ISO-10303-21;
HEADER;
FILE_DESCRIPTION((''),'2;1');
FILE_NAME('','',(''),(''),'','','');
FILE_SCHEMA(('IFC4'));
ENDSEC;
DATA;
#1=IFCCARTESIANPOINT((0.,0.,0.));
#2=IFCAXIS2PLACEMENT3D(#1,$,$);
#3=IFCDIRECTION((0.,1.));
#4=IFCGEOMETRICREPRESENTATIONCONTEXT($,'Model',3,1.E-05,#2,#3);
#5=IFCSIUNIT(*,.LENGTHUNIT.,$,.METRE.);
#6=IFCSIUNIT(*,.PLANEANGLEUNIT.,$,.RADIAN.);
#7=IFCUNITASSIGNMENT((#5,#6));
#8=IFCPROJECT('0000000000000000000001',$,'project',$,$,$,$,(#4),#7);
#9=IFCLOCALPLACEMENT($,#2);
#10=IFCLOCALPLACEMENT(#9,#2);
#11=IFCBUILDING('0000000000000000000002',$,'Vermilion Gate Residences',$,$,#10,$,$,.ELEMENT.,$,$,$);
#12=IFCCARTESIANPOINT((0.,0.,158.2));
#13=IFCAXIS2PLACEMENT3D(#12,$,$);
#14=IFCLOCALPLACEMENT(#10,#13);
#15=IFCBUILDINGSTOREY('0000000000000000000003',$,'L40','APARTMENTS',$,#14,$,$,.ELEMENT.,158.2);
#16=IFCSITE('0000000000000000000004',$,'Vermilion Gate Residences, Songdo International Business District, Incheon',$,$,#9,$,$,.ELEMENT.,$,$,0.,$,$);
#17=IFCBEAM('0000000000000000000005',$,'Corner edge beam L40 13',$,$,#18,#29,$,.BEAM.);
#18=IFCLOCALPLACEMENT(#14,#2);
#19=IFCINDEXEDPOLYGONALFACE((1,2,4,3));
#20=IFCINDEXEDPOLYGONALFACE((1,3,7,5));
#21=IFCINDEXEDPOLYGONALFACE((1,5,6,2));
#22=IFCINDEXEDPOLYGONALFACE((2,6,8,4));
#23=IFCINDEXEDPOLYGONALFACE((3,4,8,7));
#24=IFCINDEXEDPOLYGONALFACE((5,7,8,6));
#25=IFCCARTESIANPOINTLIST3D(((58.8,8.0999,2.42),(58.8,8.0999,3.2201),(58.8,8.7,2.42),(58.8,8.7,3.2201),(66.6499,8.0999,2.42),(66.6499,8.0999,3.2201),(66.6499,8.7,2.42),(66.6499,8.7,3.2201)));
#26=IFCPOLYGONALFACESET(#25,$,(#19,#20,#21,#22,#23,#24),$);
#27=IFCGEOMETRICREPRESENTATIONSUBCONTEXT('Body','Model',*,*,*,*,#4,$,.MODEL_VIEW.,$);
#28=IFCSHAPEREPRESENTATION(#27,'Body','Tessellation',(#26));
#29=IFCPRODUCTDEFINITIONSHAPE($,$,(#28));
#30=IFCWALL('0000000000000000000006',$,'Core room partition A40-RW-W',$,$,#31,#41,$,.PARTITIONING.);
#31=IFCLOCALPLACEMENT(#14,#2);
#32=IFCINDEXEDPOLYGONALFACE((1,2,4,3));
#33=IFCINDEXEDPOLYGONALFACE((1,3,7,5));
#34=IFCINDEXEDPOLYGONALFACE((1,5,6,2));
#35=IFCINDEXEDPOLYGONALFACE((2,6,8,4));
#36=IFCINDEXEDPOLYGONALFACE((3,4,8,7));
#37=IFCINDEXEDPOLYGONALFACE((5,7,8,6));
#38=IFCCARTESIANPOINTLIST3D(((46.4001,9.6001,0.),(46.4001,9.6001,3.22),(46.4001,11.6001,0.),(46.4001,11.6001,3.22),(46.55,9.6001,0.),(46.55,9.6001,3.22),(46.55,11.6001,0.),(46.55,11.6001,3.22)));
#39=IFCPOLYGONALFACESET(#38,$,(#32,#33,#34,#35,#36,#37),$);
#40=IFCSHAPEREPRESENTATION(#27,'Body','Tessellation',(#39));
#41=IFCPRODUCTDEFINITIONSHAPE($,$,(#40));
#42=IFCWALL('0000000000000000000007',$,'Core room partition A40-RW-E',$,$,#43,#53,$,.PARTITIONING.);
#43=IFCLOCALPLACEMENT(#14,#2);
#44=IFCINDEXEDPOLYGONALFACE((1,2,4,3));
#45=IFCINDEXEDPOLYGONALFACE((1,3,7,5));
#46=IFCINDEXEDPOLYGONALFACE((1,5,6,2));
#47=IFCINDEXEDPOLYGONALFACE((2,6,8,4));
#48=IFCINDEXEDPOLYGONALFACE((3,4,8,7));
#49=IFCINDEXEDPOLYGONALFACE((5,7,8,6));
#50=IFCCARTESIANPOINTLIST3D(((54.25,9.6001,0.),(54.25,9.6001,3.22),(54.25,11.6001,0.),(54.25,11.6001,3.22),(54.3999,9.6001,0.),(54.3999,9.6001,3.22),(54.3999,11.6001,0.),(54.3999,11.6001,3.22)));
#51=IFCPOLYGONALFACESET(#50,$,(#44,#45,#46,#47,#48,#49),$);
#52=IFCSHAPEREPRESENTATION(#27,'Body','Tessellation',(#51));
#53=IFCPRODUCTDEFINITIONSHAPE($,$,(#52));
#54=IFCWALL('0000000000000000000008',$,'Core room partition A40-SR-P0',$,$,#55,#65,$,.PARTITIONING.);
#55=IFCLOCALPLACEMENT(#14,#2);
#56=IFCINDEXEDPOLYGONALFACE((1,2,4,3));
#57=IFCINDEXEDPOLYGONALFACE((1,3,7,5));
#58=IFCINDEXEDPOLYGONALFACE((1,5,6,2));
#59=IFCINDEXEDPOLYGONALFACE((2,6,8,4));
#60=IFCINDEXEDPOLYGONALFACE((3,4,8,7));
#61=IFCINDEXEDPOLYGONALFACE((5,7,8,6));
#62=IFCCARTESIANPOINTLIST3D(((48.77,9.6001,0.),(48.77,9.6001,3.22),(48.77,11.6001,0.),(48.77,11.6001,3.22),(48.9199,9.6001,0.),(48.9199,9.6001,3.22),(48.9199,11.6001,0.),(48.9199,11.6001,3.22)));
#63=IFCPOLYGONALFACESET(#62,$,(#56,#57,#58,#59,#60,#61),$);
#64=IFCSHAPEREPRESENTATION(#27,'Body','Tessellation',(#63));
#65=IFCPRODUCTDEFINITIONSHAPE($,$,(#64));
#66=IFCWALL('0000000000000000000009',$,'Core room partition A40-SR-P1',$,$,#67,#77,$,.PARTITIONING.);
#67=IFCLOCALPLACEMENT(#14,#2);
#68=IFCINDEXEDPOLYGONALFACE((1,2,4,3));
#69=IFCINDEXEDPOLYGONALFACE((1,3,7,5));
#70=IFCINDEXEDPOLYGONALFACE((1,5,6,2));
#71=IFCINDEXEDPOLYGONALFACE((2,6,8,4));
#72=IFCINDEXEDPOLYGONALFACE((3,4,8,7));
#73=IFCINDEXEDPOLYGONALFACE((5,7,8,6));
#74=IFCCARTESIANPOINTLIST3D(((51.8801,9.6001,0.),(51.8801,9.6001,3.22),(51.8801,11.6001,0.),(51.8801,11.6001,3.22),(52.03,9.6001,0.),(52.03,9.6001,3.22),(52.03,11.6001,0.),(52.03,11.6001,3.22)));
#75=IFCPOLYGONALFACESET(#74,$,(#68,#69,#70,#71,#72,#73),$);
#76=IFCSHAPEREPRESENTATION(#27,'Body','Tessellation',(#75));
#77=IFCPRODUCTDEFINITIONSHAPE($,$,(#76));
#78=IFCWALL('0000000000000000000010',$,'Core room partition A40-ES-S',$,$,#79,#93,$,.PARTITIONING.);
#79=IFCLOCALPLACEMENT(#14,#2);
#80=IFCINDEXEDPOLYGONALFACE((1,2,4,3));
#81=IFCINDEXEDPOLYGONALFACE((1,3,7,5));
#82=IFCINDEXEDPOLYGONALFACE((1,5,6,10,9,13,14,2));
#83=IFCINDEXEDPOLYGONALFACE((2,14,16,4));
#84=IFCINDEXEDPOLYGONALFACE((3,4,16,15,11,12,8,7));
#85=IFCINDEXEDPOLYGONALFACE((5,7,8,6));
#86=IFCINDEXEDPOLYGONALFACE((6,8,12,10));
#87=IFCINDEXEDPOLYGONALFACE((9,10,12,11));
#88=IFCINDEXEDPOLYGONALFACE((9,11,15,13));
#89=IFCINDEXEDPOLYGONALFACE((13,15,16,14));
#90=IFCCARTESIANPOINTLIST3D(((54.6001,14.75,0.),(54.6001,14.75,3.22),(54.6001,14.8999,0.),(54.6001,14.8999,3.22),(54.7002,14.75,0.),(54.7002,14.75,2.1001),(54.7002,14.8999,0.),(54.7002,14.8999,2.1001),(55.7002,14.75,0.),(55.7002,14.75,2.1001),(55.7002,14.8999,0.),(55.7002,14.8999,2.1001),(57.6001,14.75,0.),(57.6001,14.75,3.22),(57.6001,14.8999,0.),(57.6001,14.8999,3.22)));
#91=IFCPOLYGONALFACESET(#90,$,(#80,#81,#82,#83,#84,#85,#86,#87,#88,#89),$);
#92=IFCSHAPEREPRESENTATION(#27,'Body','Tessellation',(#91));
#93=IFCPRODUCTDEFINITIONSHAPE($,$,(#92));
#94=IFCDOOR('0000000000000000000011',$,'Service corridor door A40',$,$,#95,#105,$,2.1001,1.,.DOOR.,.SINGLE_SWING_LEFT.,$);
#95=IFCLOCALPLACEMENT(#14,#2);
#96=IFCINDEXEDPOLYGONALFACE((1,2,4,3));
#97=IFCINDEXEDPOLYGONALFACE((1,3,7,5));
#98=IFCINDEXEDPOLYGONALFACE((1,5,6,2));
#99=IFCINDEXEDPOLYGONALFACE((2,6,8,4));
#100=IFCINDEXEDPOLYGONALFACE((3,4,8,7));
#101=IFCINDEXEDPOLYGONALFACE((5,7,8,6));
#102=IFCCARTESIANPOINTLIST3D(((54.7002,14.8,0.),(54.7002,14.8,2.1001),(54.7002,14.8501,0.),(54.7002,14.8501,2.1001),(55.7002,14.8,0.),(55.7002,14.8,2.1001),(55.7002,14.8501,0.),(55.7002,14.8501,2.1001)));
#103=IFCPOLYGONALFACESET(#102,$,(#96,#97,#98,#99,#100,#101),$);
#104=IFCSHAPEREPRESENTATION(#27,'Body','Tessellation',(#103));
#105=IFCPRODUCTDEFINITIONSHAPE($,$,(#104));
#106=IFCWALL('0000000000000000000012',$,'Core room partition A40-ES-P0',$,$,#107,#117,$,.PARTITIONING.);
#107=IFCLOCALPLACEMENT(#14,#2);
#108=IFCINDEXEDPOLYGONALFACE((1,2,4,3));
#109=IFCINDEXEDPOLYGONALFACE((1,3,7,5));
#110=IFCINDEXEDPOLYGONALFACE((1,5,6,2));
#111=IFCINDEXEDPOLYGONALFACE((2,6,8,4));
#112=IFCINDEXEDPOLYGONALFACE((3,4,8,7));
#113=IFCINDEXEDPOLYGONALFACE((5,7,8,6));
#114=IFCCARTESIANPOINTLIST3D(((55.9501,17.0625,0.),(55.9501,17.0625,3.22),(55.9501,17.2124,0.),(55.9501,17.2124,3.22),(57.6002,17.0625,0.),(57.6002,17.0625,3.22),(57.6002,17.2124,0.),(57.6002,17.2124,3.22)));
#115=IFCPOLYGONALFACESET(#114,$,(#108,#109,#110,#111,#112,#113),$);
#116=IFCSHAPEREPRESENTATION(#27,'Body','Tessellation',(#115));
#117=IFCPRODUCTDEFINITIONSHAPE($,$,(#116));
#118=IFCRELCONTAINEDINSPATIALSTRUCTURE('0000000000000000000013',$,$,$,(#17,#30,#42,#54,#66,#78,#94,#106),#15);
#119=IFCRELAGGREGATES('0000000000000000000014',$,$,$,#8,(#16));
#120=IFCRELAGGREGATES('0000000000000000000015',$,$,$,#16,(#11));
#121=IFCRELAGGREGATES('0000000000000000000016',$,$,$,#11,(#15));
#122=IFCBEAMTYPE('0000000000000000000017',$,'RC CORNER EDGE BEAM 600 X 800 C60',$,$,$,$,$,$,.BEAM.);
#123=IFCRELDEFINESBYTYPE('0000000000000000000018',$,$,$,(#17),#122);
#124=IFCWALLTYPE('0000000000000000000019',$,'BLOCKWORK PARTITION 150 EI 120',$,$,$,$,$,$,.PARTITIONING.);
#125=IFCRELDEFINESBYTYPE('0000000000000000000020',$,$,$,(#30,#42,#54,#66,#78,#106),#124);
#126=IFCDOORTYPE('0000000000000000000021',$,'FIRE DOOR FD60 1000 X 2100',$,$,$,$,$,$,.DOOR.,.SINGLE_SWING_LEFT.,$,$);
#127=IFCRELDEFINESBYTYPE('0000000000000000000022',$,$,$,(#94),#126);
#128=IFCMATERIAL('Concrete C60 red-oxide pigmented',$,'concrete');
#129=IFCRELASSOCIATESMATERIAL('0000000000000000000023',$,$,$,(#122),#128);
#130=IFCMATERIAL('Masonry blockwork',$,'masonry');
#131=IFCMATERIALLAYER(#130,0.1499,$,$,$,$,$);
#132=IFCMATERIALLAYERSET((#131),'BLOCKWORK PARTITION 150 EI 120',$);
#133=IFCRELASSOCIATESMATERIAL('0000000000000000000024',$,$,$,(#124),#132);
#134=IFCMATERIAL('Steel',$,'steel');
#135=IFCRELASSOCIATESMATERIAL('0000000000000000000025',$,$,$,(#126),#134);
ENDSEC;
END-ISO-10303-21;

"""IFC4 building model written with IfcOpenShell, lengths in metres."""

from ifc_helpers import new_model, si_unit, direction, frame, frame_2d, origin, origin_2d, place, context, subcontext, project, spatial, rectangle, extrude, material, layer, layer_set, material_profile, profile_set, type_object, element, fill, save


model = new_model("IFC4")

# Units and contexts
model_context = context("Model", 3, precision=1e-05, world=origin(), true_north=direction((0.0, 1.0)))
body_context = subcontext(model_context, "Body", "Model", "MODEL_VIEW")
ifc_project = project(units=[si_unit("LENGTHUNIT", "METRE"), si_unit("PLANEANGLEUNIT", "RADIAN")], contexts=[model_context])

# Site, building, storey
site_placement = place(None, origin())
site = spatial("IfcSite", under=ifc_project, at=site_placement, Name="Vermilion Gate Residences, Songdo International Business District, Incheon", CompositionType="ELEMENT", RefElevation=0.0)
building_placement = place(site_placement, origin())
building = spatial("IfcBuilding", under=site, at=building_placement, Name="Vermilion Gate Residences", CompositionType="ELEMENT")
storey_placement = place(building_placement, frame((0.0, 0.0, 158.2)))
storey = spatial("IfcBuildingStorey", under=building, at=storey_placement, Name="L40", Description="APARTMENTS", CompositionType="ELEMENT", Elevation=158.2)

# Beam
ifc_material_1 = material(Name="Concrete C60 red-oxide pigmented", Category="concrete")
ifc_material_profile = material_profile(ifc_material_1, rectangle(XDim=0.6001, YDim=0.8, at=origin_2d()), Name="RC-600x800")
ifc_profile_set = profile_set([ifc_material_profile], Name="Concrete C60 red-oxide pigmented")
beam_type = type_object("IfcBeamType", Name="RC CORNER EDGE BEAM 600 X 800 C60", PredefinedType="BEAM", material=ifc_profile_set)
beam_placement = place(storey_placement, frame((58.8, 8.3999, 2.8201), z_axis=(1.0, 0.0, 0.0), x_axis=(0.0, 1.0, 0.0)))
element("IfcBeam", 1, at=beam_placement, inside=storey, type_object=beam_type, Name="Corner edge beam L40 13", PredefinedType="BEAM", context=body_context, shape_type="SweptSolid", body=[
    extrude(rectangle(XDim=0.6001, YDim=0.8, at=origin_2d()), origin(), (0.0, 0.0, 1.0), 7.8499),
])

# Walls
ifc_material_2 = material(Name="Masonry blockwork", Category="masonry")
ifc_layer_1 = layer(ifc_material_2, 0.1499)
ifc_layer_set_1 = layer_set([ifc_layer_1], Name="BLOCKWORK PARTITION 150 EI 120")
wall_type_1 = type_object("IfcWallType", Name="BLOCKWORK PARTITION 150 EI 120", PredefinedType="PARTITIONING", material=ifc_layer_set_1)
for number, where, z_axis, x_axis, name in (
    (2, (46.4751, 9.6001, 0.0), (0.0, 0.0, 1.0), (0.0, 1.0, 0.0), "Core room partition A40-RW-W"),
    (3, (54.325, 9.6001, 0.0), (0.0, 0.0, 1.0), (0.0, 1.0, 0.0), "Core room partition A40-RW-E"),
    (4, (48.845, 9.6001, 0.0), (0.0, 0.0, 1.0), (0.0, 1.0, 0.0), "Core room partition A40-SR-P0"),
    (5, (51.9551, 9.6001, 0.0), (0.0, 0.0, 1.0), (0.0, 1.0, 0.0), "Core room partition A40-SR-P1"),
):
    element("IfcWall", number, at=place(storey_placement, frame(where, z_axis=z_axis, x_axis=x_axis)), inside=storey, type_object=wall_type_1, Name=name, PredefinedType="PARTITIONING", context=body_context, shape_type="SweptSolid", body=[
        extrude(rectangle(XDim=2.0, YDim=0.1499, at=frame_2d((1.0, 0.0))), origin(), (0.0, 0.0, 1.0), 3.22),
    ])

# Wall, opening, door
wall_1_placement = place(storey_placement, frame((54.6001, 14.825, 0.0), z_axis=(0.0, 0.0, 1.0), x_axis=(1.0, 0.0, 0.0)))
wall_1 = element("IfcWall", 6, at=wall_1_placement, inside=storey, type_object=wall_type_1, Name="Core room partition A40-ES-S", PredefinedType="PARTITIONING", context=body_context, shape_type="SweptSolid", body=[
    extrude(rectangle(XDim=3.0, YDim=0.1499, at=frame_2d((1.5, 0.0))), origin(), (0.0, 0.0, 1.0), 3.22),
])
opening_1_placement = place(wall_1_placement, frame((0.1001, 0.0, 0.0)))
opening_1 = element("IfcOpeningElement", 7, at=opening_1_placement, cuts=wall_1, PredefinedType="OPENING", context=body_context, shape_type="SweptSolid", body=[
    extrude(rectangle(XDim=1.0, YDim=2.1001, at=frame_2d((0.5, 1.05))), frame((0.0, 0.085, 0.0), z_axis=(0.0, -1.0, 0.0), x_axis=(1.0, 0.0, 0.0)), (0.0, 0.0, 1.0), 0.1699),
])
ifc_material_3 = material(Name="Steel", Category="steel")
door_type_1 = type_object("IfcDoorType", Name="FIRE DOOR FD60 1000 X 2100", OperationType="SINGLE_SWING_LEFT", PredefinedType="DOOR", material=ifc_material_3)
door_1_placement = place(opening_1_placement, frame((1.0, 0.0, 0.0), z_axis=(0.0, 0.0, 1.0), x_axis=(-1.0, 0.0, 0.0)))
door_1 = element("IfcDoor", 8, at=door_1_placement, inside=storey, type_object=door_type_1, Name="Service corridor door A40", OperationType="SINGLE_SWING_LEFT", OverallHeight=2.1001, OverallWidth=1.0, PredefinedType="DOOR", context=body_context, shape_type="SweptSolid", body=[
    extrude(rectangle(XDim=1.0, YDim=2.1001, at=frame_2d((0.5, 1.05))), frame((0.0, 0.0249, 0.0), z_axis=(0.0, -1.0, 0.0), x_axis=(1.0, 0.0, 0.0)), (0.0, 0.0, 1.0), 0.05),
])
fill(opening_1, door_1)

# Wall
wall_2_placement = place(storey_placement, frame((55.95, 17.1375, 0.0), z_axis=(0.0, 0.0, 1.0), x_axis=(1.0, 0.0, 0.0)))
element("IfcWall", 9, at=wall_2_placement, inside=storey, type_object=wall_type_1, Name="Core room partition A40-ES-P0", PredefinedType="PARTITIONING", context=body_context, shape_type="SweptSolid", body=[
    extrude(rectangle(XDim=1.6501, YDim=0.1499, at=frame_2d((0.8252, 0.0))), origin(), (0.0, 0.0, 1.0), 3.22),
])

save(model, "model.ifc")
